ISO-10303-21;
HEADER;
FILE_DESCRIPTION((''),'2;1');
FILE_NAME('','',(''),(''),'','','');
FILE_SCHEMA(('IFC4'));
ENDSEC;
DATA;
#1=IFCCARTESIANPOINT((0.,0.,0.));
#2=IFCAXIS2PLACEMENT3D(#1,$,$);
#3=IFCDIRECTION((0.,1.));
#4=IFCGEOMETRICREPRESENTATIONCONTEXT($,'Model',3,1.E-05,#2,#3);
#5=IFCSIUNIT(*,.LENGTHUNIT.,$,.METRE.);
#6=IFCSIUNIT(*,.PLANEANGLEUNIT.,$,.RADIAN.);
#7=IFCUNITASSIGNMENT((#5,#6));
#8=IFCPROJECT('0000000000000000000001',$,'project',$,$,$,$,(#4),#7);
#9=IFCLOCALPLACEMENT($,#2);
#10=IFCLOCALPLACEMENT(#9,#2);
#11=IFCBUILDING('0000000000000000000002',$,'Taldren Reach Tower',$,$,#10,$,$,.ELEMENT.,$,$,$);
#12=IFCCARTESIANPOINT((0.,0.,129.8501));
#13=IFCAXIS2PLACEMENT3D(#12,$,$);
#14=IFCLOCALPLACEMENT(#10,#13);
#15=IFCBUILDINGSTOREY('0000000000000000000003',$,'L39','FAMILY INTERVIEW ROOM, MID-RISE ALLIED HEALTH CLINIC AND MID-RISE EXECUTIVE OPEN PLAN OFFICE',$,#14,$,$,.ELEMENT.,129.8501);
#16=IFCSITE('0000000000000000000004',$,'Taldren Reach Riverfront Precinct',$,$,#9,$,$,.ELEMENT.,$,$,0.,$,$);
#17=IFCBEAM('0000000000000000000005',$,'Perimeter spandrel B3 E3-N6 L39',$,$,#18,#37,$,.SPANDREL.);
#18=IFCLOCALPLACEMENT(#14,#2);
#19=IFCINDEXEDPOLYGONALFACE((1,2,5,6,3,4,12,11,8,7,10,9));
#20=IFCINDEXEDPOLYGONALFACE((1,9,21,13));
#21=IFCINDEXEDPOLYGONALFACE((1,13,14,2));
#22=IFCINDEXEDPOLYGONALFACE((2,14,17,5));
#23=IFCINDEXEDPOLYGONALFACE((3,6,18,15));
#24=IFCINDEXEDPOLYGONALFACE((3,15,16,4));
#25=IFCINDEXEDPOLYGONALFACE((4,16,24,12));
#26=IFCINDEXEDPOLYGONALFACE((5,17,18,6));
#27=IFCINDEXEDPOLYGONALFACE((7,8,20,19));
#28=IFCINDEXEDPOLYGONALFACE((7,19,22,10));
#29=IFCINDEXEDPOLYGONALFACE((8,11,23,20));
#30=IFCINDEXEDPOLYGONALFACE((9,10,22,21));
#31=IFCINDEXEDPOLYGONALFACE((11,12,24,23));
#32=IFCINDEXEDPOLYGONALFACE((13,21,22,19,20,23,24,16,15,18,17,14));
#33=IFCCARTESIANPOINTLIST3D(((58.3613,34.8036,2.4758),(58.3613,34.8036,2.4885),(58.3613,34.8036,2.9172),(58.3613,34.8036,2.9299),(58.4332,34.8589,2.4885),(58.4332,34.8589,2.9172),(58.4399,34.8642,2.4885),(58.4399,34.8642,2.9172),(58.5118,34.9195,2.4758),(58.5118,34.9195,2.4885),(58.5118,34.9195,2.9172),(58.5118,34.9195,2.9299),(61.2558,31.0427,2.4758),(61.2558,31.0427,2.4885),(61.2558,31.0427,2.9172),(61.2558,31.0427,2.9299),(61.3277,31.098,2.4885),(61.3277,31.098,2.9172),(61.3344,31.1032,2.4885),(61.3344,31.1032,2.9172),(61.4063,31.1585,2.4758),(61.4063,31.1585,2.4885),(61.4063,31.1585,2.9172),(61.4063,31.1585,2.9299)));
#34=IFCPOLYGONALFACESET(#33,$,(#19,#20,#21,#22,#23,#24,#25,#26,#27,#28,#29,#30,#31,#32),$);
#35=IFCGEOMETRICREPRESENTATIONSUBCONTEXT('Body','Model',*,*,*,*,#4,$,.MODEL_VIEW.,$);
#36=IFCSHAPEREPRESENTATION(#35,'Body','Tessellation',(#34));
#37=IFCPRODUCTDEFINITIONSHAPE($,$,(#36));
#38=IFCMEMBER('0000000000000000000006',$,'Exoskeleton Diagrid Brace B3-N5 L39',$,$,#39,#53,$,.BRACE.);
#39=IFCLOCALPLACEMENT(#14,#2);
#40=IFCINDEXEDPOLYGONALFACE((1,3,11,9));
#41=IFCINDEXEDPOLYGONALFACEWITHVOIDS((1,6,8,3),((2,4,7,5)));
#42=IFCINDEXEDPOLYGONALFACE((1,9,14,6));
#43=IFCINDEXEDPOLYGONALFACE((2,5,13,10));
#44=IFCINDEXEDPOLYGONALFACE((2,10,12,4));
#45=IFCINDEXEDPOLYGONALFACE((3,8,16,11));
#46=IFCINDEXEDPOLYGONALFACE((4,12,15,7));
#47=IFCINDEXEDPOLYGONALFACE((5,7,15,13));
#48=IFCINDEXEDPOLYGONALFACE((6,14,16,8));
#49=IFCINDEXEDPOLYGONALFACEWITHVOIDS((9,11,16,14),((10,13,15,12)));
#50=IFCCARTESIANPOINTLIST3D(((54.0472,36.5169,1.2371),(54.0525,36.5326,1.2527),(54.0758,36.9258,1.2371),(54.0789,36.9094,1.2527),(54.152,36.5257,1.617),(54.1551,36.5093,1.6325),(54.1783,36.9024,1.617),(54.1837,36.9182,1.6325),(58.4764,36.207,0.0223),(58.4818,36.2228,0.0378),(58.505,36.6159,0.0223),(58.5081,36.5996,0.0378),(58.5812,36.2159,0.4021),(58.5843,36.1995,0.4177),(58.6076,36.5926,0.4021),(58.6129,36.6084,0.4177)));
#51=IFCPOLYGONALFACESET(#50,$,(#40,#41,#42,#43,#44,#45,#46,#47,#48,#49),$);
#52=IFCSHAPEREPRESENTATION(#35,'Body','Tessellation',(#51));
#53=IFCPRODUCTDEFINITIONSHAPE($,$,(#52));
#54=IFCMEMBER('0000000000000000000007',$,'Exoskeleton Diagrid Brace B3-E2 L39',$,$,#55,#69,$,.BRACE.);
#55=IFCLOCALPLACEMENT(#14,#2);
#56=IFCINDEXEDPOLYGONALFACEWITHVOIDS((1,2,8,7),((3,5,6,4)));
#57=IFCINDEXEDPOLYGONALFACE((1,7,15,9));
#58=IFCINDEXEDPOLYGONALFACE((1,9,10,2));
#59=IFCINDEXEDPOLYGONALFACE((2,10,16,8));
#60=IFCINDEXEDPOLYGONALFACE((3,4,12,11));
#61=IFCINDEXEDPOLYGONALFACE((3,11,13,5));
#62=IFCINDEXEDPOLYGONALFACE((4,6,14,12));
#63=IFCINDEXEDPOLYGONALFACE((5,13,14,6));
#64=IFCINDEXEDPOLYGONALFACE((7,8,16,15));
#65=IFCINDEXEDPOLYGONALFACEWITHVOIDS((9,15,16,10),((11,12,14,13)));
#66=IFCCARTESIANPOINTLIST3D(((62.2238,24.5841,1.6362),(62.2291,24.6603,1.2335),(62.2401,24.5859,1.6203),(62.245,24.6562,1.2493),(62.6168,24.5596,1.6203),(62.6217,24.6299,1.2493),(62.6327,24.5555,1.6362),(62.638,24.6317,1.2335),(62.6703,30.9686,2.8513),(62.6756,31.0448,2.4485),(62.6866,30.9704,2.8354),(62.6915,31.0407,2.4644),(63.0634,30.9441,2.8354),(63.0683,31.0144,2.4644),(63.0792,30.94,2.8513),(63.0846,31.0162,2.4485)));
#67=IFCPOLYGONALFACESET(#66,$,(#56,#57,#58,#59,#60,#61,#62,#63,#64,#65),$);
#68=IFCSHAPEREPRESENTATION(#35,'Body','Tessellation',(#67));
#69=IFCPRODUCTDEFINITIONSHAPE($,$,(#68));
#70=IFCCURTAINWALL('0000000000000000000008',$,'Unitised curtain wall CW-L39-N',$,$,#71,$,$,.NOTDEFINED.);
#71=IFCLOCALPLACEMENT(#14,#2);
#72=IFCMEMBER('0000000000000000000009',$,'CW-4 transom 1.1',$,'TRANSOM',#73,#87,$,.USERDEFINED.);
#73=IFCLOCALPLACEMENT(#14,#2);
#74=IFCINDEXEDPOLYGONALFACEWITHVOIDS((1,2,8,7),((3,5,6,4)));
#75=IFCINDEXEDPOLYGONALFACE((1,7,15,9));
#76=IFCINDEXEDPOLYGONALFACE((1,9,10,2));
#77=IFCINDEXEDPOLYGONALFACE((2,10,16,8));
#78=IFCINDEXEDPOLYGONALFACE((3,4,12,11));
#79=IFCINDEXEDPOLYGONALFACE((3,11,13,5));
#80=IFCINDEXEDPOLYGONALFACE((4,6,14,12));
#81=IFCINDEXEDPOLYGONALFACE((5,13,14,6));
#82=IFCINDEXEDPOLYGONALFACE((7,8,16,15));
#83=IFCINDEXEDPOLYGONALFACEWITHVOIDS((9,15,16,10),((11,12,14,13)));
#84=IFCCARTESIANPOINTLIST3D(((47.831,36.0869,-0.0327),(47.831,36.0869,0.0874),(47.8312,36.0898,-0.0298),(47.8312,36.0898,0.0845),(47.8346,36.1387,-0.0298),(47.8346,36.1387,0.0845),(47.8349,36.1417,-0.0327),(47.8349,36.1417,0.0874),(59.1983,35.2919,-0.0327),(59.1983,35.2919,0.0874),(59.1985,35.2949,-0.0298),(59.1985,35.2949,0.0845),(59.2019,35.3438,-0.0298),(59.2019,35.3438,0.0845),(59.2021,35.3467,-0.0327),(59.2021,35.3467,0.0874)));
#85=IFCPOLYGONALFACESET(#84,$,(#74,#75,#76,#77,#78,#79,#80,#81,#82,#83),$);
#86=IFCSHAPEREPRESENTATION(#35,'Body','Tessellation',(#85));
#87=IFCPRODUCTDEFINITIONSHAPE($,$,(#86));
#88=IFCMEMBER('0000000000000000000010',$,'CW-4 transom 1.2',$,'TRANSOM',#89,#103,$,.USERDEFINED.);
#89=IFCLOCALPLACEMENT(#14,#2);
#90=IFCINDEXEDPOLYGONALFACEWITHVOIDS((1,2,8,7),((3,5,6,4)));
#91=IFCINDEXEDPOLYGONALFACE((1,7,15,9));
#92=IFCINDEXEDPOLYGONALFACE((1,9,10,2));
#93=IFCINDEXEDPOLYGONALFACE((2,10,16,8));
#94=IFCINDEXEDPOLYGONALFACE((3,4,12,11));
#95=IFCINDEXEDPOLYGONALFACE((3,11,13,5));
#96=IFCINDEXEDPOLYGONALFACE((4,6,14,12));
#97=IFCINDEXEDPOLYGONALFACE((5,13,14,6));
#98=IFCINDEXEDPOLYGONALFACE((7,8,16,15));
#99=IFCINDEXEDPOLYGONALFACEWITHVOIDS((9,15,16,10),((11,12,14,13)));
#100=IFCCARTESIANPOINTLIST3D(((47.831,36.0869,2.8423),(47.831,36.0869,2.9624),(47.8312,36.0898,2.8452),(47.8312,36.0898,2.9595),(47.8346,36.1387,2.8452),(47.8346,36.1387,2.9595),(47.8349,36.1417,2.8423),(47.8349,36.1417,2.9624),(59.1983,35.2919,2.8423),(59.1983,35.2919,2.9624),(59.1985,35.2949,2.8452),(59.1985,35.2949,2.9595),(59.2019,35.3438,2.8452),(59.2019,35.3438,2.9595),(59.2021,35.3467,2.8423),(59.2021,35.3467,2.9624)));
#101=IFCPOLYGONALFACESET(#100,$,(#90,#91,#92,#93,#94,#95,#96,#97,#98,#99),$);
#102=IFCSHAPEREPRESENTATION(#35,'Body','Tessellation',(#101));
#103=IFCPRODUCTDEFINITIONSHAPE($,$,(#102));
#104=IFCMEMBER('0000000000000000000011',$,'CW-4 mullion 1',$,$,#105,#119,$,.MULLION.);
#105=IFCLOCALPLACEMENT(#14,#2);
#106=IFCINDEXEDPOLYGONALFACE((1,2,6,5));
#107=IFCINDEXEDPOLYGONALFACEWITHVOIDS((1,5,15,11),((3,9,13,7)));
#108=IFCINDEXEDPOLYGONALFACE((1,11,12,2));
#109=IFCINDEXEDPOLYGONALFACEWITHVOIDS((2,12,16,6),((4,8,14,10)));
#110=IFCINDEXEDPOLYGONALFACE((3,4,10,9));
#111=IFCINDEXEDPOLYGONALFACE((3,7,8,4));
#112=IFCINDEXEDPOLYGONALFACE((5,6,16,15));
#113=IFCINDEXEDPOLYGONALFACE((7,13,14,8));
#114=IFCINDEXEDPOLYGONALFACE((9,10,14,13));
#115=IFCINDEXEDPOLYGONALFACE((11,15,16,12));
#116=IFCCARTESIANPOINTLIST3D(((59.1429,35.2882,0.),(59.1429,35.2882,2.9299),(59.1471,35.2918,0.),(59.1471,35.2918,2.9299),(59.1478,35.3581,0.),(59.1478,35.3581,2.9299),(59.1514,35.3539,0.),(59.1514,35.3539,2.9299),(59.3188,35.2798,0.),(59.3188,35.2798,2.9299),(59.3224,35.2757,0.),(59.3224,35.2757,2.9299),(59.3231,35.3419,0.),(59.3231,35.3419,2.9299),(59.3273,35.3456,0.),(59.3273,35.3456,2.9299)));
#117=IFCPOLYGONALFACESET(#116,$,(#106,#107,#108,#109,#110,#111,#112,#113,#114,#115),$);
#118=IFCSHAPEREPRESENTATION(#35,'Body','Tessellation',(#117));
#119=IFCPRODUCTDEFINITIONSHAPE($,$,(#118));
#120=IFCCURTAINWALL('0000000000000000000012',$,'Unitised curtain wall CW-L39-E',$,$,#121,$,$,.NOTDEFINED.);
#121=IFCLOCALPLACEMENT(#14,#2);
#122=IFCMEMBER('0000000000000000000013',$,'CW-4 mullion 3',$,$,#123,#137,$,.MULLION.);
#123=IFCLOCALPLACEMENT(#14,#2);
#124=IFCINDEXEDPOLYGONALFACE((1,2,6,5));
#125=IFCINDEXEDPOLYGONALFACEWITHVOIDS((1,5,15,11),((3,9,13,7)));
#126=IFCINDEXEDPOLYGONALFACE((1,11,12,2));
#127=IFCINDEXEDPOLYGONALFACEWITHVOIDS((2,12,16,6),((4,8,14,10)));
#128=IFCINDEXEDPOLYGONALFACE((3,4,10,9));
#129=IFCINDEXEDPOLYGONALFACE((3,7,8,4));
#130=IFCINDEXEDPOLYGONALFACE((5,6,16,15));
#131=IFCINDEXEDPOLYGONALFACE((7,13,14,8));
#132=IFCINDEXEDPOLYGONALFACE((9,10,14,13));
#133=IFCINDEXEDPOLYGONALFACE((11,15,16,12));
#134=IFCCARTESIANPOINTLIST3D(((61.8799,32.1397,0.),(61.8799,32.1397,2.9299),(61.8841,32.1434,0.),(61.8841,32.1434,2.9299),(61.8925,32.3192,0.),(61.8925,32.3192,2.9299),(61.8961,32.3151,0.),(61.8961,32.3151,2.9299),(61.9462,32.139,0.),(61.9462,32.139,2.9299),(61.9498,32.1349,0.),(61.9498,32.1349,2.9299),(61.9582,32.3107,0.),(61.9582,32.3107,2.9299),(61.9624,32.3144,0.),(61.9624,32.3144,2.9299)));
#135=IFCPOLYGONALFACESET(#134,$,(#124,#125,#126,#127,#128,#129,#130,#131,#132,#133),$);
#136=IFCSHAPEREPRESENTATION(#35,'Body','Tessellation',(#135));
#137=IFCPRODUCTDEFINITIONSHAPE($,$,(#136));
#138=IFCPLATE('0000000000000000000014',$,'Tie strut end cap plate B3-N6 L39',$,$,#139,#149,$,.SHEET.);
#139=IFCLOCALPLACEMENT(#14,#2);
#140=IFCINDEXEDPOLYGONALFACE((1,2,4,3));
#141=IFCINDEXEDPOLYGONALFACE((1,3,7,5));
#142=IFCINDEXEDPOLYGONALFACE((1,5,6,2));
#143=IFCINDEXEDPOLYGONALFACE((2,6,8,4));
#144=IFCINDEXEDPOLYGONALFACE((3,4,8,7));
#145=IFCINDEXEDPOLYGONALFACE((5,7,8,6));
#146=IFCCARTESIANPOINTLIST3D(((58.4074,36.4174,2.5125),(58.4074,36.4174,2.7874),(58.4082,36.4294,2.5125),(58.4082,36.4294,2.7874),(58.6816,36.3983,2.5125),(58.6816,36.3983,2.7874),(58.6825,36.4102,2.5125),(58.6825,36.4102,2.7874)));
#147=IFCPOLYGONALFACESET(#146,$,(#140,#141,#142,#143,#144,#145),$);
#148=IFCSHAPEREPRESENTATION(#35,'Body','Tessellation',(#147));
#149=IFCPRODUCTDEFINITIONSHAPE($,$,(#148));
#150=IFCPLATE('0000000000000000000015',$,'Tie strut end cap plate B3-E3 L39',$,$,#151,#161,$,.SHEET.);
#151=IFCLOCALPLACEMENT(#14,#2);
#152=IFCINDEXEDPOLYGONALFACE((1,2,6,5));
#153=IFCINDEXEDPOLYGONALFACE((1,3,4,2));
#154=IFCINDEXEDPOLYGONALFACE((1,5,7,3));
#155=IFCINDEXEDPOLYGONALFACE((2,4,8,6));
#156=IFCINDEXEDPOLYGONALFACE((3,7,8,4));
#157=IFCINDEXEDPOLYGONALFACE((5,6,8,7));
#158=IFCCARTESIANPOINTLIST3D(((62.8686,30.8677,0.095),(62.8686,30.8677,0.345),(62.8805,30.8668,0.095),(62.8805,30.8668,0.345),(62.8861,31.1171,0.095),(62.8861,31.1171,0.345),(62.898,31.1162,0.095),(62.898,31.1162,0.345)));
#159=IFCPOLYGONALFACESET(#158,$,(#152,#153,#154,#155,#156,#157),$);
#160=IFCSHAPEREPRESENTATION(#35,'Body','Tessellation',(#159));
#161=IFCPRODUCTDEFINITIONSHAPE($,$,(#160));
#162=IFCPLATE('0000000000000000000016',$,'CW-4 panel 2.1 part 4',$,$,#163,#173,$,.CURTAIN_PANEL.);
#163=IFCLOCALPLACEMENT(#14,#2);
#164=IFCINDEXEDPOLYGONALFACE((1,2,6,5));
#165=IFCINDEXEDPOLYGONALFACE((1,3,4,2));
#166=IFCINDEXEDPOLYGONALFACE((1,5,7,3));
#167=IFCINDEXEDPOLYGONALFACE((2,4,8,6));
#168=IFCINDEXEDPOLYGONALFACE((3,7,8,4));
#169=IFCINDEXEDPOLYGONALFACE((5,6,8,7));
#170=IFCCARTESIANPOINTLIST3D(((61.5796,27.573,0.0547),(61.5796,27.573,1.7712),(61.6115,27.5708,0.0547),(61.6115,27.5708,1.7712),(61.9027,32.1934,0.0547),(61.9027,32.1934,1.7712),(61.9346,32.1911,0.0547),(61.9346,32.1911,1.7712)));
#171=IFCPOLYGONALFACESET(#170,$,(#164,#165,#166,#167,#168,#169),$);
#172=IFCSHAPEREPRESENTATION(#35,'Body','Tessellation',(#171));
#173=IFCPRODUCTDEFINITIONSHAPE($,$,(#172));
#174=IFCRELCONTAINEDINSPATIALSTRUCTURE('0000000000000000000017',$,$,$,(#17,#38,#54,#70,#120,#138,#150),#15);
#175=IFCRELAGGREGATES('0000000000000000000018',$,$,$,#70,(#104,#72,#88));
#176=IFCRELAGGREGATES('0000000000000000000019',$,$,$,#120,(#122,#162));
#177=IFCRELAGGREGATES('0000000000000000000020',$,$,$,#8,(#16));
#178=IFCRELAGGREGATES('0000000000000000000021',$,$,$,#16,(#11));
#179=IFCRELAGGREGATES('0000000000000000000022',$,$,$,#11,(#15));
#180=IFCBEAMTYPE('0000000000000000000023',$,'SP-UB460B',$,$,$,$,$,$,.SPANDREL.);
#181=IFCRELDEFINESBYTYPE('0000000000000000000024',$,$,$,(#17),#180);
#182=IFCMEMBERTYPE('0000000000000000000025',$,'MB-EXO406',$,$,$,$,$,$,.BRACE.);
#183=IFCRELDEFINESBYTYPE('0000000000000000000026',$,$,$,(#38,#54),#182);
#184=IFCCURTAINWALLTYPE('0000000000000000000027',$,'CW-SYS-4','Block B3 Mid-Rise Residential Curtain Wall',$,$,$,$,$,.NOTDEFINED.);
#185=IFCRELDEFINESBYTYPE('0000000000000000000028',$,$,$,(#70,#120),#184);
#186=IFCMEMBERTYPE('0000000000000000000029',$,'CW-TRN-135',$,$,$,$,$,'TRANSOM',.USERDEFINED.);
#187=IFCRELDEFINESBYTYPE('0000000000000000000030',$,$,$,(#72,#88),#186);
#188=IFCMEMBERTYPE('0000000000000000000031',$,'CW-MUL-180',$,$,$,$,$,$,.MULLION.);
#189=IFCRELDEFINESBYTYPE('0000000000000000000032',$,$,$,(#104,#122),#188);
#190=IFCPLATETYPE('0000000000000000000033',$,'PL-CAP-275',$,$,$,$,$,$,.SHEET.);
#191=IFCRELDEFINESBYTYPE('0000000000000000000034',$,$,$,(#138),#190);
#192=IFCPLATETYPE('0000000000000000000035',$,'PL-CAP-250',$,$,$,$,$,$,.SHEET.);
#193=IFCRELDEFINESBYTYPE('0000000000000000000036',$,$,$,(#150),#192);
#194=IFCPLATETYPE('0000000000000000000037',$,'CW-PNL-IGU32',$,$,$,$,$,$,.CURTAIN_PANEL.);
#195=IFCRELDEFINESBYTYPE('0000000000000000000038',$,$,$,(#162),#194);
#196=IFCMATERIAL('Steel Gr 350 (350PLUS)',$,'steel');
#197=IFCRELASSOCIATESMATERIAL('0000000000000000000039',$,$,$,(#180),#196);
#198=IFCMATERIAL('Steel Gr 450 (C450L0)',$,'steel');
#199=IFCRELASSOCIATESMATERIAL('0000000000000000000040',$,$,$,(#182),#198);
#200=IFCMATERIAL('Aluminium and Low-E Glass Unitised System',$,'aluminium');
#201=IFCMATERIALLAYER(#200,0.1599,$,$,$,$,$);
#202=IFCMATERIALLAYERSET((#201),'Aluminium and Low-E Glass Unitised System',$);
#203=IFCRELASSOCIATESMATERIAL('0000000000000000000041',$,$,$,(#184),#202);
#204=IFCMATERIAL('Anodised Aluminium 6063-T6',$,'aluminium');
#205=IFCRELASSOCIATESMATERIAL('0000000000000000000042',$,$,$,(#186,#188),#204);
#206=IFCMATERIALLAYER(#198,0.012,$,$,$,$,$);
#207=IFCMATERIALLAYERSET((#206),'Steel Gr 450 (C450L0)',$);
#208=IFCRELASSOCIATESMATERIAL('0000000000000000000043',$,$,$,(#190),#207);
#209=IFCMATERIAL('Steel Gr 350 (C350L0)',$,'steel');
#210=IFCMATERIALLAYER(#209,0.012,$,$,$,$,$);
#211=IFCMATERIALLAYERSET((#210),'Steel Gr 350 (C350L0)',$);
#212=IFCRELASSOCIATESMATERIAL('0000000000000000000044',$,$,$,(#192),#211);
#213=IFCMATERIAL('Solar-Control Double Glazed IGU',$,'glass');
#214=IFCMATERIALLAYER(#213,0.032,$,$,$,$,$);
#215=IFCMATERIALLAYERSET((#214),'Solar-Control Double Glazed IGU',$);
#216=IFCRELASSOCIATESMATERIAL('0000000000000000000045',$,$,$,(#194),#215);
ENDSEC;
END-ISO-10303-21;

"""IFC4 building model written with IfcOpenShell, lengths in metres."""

from ifc_helpers import new_model, si_unit, direction, frame, origin, origin_2d, place, context, subcontext, project, spatial, rectangle, hollow_rectangle, i_section, extrude, source, transform, mapped, material, layer, layer_set, material_profile, profile_set, type_object, element, aggregate, save


model = new_model("IFC4")

# Units and contexts
model_context = context("Model", 3, precision=1e-05, world=origin(), true_north=direction((0.0, 1.0)))
body_context = subcontext(model_context, "Body", "Model", "MODEL_VIEW")
ifc_project = project(units=[si_unit("LENGTHUNIT", "METRE"), si_unit("PLANEANGLEUNIT", "RADIAN")], contexts=[model_context])

# Site, building, storey
site_placement = place(None, origin())
site = spatial("IfcSite", under=ifc_project, at=site_placement, Name="Taldren Reach Riverfront Precinct", CompositionType="ELEMENT", RefElevation=0.0)
building_placement = place(site_placement, origin())
building = spatial("IfcBuilding", under=site, at=building_placement, Name="Taldren Reach Tower", CompositionType="ELEMENT")
storey_placement = place(building_placement, frame((0.0, 0.0, 129.8501)))
storey = spatial("IfcBuildingStorey", under=building, at=storey_placement, Name="L39", Description="FAMILY INTERVIEW ROOM, MID-RISE ALLIED HEALTH CLINIC AND MID-RISE EXECUTIVE OPEN PLAN OFFICE", CompositionType="ELEMENT", Elevation=129.8501)

# Shared definitions
ifc_material_1 = material(Name="Steel Gr 450 (C450L0)", Category="steel")
ifc_material_2 = material(Name="Steel Gr 350 (350PLUS)", Category="steel")

# Shared definitions
ifc_material_3 = material(Name="Steel Gr 350 (C350L0)", Category="steel")

# Beam
ifc_material_profile_1 = material_profile(ifc_material_2, i_section(OverallWidth=0.1899, OverallDepth=0.4541, WebThickness=0.0085, FlangeThickness=0.0127, at=origin_2d()), Name="460UB67.1")
ifc_profile_set_1 = profile_set([ifc_material_profile_1], Name="Steel Gr 350 (350PLUS)")
beam_type = type_object("IfcBeamType", Name="SP-UB460B", PredefinedType="SPANDREL", material=ifc_profile_set_1)
shared_shape_1 = source(origin(), body_context, "Body", "SweptSolid", [
    extrude(i_section(OverallWidth=0.1899, OverallDepth=0.4541, WebThickness=0.0085, FlangeThickness=0.0127, at=origin_2d()), origin(), (0.0, 0.0, 1.0), 4.7458),
])
beam_1_placement = place(storey_placement, frame((61.3311, 31.1006, 2.7029), z_axis=(-0.609905, 0.792475, 0.0), x_axis=(-0.792475, -0.609905, 0.0)))
element("IfcBeam", 1, at=beam_1_placement, inside=storey, type_object=beam_type, Name="Perimeter spandrel B3 E3-N6 L39", PredefinedType="SPANDREL", context=body_context, shape_type="MappedRepresentation", body=[
    mapped(shared_shape_1, transform((0.0, 0.0, 0.0), scale=1.0)),
])

# Members
ifc_material_profile_2 = material_profile(ifc_material_1, hollow_rectangle(XDim=0.4099, YDim=0.4099, WallThickness=0.0161, at=origin_2d()), Name="410x410x16.0SHS")
ifc_profile_set_2 = profile_set([ifc_material_profile_2], Name="Steel Gr 450 (C450L0)")
member_type_1 = type_object("IfcMemberType", Name="MB-EXO406", PredefinedType="BRACE", material=ifc_profile_set_2)
shared_shape_2 = source(origin(), body_context, "Body", "SweptSolid", [
    extrude(hollow_rectangle(XDim=0.4099, YDim=0.4099, WallThickness=0.0161, at=origin_2d()), origin(), (0.0, 0.0, 1.0), 4.6033),
])
member_1_placement = place(storey_placement, frame((58.5447, 36.4077, 0.22), z_axis=(-0.962196, 0.067304, 0.263912), x_axis=(-0.069778, -0.997563, 0.0)))
element("IfcMember", 2, at=member_1_placement, inside=storey, type_object=member_type_1, Name="Exoskeleton Diagrid Brace B3-N5 L39", PredefinedType="BRACE", context=body_context, shape_type="MappedRepresentation", body=[
    mapped(shared_shape_2, transform((0.0, 0.0, 0.0), scale=1.0)),
])
shared_shape_3 = source(origin(), body_context, "Body", "SweptSolid", [
    extrude(hollow_rectangle(XDim=0.4099, YDim=0.4099, WallThickness=0.0161, at=origin_2d()), origin(), (0.0, 0.0, 1.0), 6.5144),
])
member_2_placement = place(storey_placement, frame((62.4309, 24.6079, 1.4348), z_axis=(0.068545, 0.980057, 0.186522), x_axis=(-0.997563, 0.06977, 0.0)))
element("IfcMember", 3, at=member_2_placement, inside=storey, type_object=member_type_1, Name="Exoskeleton Diagrid Brace B3-E2 L39", PredefinedType="BRACE", context=body_context, shape_type="MappedRepresentation", body=[
    mapped(shared_shape_3, transform((0.0, 0.0, 0.0), scale=1.0)),
])

# Curtain wall, members
ifc_material_4 = material(Name="Aluminium and Low-E Glass Unitised System", Category="aluminium")
ifc_layer_1 = layer(ifc_material_4, 0.1599)
ifc_layer_set_1 = layer_set([ifc_layer_1], Name="Aluminium and Low-E Glass Unitised System")
curtain_wall_type = type_object("IfcCurtainWallType", Name="CW-SYS-4", Description="Block B3 Mid-Rise Residential Curtain Wall", PredefinedType="NOTDEFINED", material=ifc_layer_set_1)
curtain_wall_1_placement = place(storey_placement, origin())
curtain_wall_1 = element("IfcCurtainWall", 4, at=curtain_wall_1_placement, inside=storey, type_object=curtain_wall_type, Name="Unitised curtain wall CW-L39-N", PredefinedType="NOTDEFINED")
ifc_material_5 = material(Name="Anodised Aluminium 6063-T6", Category="aluminium")
ifc_material_profile_3 = material_profile(ifc_material_5, hollow_rectangle(XDim=0.0549, YDim=0.1201, WallThickness=0.0029, at=origin_2d()), Name="ALU-120x55x3RHS")
ifc_profile_set_3 = profile_set([ifc_material_profile_3], Name="Anodised Aluminium 6063-T6")
member_type_2 = type_object("IfcMemberType", Name="CW-TRN-135", ElementType="TRANSOM", PredefinedType="USERDEFINED", material=ifc_profile_set_3)
shared_shape_4 = source(origin(), body_context, "Body", "SweptSolid", [
    extrude(hollow_rectangle(XDim=0.0549, YDim=0.1201, WallThickness=0.0029, at=origin_2d()), origin(), (0.0, 0.0, 1.0), 11.395),
])
member_3_placement = place(storey_placement, frame((59.2002, 35.3193, 0.0273), z_axis=(-0.997564, 0.069761, 0.0), x_axis=(-0.069761, -0.997564, 0.0)))
member_3 = element("IfcMember", 5, at=member_3_placement, type_object=member_type_2, Name="CW-4 transom 1.1", ObjectType="TRANSOM", PredefinedType="USERDEFINED", context=body_context, shape_type="MappedRepresentation", body=[
    mapped(shared_shape_4, transform((0.0, 0.0, 0.0), scale=1.0)),
])
member_4_placement = place(storey_placement, frame((59.2002, 35.3193, 2.9023), z_axis=(-0.997564, 0.069761, 0.0), x_axis=(-0.069761, -0.997564, 0.0)))
member_4 = element("IfcMember", 6, at=member_4_placement, type_object=member_type_2, Name="CW-4 transom 1.2", ObjectType="TRANSOM", PredefinedType="USERDEFINED", context=body_context, shape_type="MappedRepresentation", body=[
    mapped(shared_shape_4, transform((0.0, 0.0, 0.0), scale=1.0)),
])
ifc_material_profile_4 = material_profile(ifc_material_5, hollow_rectangle(XDim=0.0701, YDim=0.1799, WallThickness=0.0039, at=origin_2d()), Name="ALU-180x70x4RHS")
ifc_profile_set_4 = profile_set([ifc_material_profile_4], Name="Anodised Aluminium 6063-T6")
member_type_3 = type_object("IfcMemberType", Name="CW-MUL-180", PredefinedType="MULLION", material=ifc_profile_set_4)
shared_shape_5 = source(origin(), body_context, "Body", "SweptSolid", [
    extrude(hollow_rectangle(XDim=0.0701, YDim=0.1799, WallThickness=0.0039, at=origin_2d()), origin(), (0.0, 0.0, 1.0), 2.9299),
])
member_5_placement = place(storey_placement, frame((59.2351, 35.3169, 0.0), z_axis=(0.0, 0.0, 1.0), x_axis=(-0.069757, -0.997564, 0.0)))
member_5 = element("IfcMember", 7, at=member_5_placement, type_object=member_type_3, Name="CW-4 mullion 1", PredefinedType="MULLION", context=body_context, shape_type="MappedRepresentation", body=[
    mapped(shared_shape_5, transform((0.0, 0.0, 0.0), scale=1.0)),
])
aggregate(curtain_wall_1, [member_5, member_3, member_4])

# Curtain wall, member
curtain_wall_2_placement = place(storey_placement, origin())
curtain_wall_2 = element("IfcCurtainWall", 8, at=curtain_wall_2_placement, inside=storey, type_object=curtain_wall_type, Name="Unitised curtain wall CW-L39-E", PredefinedType="NOTDEFINED")
member_6_placement = place(storey_placement, frame((61.9211, 32.2271, 0.0), z_axis=(0.0, 0.0, 1.0), x_axis=(-0.997564, 0.069756, 0.0)))
member_6 = element("IfcMember", 9, at=member_6_placement, type_object=member_type_3, Name="CW-4 mullion 3", PredefinedType="MULLION", context=body_context, shape_type="MappedRepresentation", body=[
    mapped(shared_shape_5, transform((0.0, 0.0, 0.0), scale=1.0)),
])

# Plates
ifc_layer_2 = layer(ifc_material_1, 0.012)
ifc_layer_set_2 = layer_set([ifc_layer_2], Name="Steel Gr 450 (C450L0)")
plate_type_1 = type_object("IfcPlateType", Name="PL-CAP-275", PredefinedType="SHEET", material=ifc_layer_set_2)
shared_shape_6 = source(origin(), body_context, "Body", "SweptSolid", [
    extrude(rectangle(XDim=0.2749, YDim=0.012, at=origin_2d()), origin(), (0.0, 0.0, 1.0), 0.2749),
])
plate_1_placement = place(storey_placement, frame((58.5449, 36.4138, 2.5125), z_axis=(0.0, 0.0, 1.0), x_axis=(0.997564, -0.069756, 0.0)))
element("IfcPlate", 10, at=plate_1_placement, inside=storey, type_object=plate_type_1, Name="Tie strut end cap plate B3-N6 L39", PredefinedType="SHEET", context=body_context, shape_type="MappedRepresentation", body=[
    mapped(shared_shape_6, transform((0.0, 0.0, 0.0), scale=1.0)),
])
ifc_layer_3 = layer(ifc_material_3, 0.012)
ifc_layer_set_3 = layer_set([ifc_layer_3], Name="Steel Gr 350 (C350L0)")
plate_type_2 = type_object("IfcPlateType", Name="PL-CAP-250", PredefinedType="SHEET", material=ifc_layer_set_3)
shared_shape_7 = source(origin(), body_context, "Body", "SweptSolid", [
    extrude(rectangle(XDim=0.012, YDim=0.25, at=origin_2d()), origin(), (0.0, 0.0, 1.0), 0.25),
])
plate_2_placement = place(storey_placement, frame((62.8833, 30.9919, 0.095), z_axis=(0.0, 0.0, 1.0), x_axis=(0.997564, -0.069756, 0.0)))
element("IfcPlate", 11, at=plate_2_placement, inside=storey, type_object=plate_type_2, Name="Tie strut end cap plate B3-E3 L39", PredefinedType="SHEET", context=body_context, shape_type="MappedRepresentation", body=[
    mapped(shared_shape_7, transform((0.0, 0.0, 0.0), scale=1.0)),
])

# Plate
ifc_material_6 = material(Name="Solar-Control Double Glazed IGU", Category="glass")
ifc_layer_4 = layer(ifc_material_6, 0.032)
ifc_layer_set_4 = layer_set([ifc_layer_4], Name="Solar-Control Double Glazed IGU")
plate_type_3 = type_object("IfcPlateType", Name="CW-PNL-IGU32", PredefinedType="CURTAIN_PANEL", material=ifc_layer_set_4)
shared_shape_8 = source(origin(), body_context, "Body", "SweptSolid", [
    extrude(rectangle(XDim=4.6316, YDim=0.032, at=origin_2d()), origin(), (0.0, 0.0, 1.0), 1.7166),
])
plate_3_placement = place(storey_placement, frame((61.7571, 29.8821, 0.0547), z_axis=(0.0, 0.0, 1.0), x_axis=(0.069756, 0.997564, 0.0)))
plate_3 = element("IfcPlate", 12, at=plate_3_placement, type_object=plate_type_3, Name="CW-4 panel 2.1 part 4", PredefinedType="CURTAIN_PANEL", context=body_context, shape_type="MappedRepresentation", body=[
    mapped(shared_shape_8, transform((0.0, 0.0, 0.0), scale=1.0)),
])
aggregate(curtain_wall_2, [member_6, plate_3])

save(model, "model.ifc")
